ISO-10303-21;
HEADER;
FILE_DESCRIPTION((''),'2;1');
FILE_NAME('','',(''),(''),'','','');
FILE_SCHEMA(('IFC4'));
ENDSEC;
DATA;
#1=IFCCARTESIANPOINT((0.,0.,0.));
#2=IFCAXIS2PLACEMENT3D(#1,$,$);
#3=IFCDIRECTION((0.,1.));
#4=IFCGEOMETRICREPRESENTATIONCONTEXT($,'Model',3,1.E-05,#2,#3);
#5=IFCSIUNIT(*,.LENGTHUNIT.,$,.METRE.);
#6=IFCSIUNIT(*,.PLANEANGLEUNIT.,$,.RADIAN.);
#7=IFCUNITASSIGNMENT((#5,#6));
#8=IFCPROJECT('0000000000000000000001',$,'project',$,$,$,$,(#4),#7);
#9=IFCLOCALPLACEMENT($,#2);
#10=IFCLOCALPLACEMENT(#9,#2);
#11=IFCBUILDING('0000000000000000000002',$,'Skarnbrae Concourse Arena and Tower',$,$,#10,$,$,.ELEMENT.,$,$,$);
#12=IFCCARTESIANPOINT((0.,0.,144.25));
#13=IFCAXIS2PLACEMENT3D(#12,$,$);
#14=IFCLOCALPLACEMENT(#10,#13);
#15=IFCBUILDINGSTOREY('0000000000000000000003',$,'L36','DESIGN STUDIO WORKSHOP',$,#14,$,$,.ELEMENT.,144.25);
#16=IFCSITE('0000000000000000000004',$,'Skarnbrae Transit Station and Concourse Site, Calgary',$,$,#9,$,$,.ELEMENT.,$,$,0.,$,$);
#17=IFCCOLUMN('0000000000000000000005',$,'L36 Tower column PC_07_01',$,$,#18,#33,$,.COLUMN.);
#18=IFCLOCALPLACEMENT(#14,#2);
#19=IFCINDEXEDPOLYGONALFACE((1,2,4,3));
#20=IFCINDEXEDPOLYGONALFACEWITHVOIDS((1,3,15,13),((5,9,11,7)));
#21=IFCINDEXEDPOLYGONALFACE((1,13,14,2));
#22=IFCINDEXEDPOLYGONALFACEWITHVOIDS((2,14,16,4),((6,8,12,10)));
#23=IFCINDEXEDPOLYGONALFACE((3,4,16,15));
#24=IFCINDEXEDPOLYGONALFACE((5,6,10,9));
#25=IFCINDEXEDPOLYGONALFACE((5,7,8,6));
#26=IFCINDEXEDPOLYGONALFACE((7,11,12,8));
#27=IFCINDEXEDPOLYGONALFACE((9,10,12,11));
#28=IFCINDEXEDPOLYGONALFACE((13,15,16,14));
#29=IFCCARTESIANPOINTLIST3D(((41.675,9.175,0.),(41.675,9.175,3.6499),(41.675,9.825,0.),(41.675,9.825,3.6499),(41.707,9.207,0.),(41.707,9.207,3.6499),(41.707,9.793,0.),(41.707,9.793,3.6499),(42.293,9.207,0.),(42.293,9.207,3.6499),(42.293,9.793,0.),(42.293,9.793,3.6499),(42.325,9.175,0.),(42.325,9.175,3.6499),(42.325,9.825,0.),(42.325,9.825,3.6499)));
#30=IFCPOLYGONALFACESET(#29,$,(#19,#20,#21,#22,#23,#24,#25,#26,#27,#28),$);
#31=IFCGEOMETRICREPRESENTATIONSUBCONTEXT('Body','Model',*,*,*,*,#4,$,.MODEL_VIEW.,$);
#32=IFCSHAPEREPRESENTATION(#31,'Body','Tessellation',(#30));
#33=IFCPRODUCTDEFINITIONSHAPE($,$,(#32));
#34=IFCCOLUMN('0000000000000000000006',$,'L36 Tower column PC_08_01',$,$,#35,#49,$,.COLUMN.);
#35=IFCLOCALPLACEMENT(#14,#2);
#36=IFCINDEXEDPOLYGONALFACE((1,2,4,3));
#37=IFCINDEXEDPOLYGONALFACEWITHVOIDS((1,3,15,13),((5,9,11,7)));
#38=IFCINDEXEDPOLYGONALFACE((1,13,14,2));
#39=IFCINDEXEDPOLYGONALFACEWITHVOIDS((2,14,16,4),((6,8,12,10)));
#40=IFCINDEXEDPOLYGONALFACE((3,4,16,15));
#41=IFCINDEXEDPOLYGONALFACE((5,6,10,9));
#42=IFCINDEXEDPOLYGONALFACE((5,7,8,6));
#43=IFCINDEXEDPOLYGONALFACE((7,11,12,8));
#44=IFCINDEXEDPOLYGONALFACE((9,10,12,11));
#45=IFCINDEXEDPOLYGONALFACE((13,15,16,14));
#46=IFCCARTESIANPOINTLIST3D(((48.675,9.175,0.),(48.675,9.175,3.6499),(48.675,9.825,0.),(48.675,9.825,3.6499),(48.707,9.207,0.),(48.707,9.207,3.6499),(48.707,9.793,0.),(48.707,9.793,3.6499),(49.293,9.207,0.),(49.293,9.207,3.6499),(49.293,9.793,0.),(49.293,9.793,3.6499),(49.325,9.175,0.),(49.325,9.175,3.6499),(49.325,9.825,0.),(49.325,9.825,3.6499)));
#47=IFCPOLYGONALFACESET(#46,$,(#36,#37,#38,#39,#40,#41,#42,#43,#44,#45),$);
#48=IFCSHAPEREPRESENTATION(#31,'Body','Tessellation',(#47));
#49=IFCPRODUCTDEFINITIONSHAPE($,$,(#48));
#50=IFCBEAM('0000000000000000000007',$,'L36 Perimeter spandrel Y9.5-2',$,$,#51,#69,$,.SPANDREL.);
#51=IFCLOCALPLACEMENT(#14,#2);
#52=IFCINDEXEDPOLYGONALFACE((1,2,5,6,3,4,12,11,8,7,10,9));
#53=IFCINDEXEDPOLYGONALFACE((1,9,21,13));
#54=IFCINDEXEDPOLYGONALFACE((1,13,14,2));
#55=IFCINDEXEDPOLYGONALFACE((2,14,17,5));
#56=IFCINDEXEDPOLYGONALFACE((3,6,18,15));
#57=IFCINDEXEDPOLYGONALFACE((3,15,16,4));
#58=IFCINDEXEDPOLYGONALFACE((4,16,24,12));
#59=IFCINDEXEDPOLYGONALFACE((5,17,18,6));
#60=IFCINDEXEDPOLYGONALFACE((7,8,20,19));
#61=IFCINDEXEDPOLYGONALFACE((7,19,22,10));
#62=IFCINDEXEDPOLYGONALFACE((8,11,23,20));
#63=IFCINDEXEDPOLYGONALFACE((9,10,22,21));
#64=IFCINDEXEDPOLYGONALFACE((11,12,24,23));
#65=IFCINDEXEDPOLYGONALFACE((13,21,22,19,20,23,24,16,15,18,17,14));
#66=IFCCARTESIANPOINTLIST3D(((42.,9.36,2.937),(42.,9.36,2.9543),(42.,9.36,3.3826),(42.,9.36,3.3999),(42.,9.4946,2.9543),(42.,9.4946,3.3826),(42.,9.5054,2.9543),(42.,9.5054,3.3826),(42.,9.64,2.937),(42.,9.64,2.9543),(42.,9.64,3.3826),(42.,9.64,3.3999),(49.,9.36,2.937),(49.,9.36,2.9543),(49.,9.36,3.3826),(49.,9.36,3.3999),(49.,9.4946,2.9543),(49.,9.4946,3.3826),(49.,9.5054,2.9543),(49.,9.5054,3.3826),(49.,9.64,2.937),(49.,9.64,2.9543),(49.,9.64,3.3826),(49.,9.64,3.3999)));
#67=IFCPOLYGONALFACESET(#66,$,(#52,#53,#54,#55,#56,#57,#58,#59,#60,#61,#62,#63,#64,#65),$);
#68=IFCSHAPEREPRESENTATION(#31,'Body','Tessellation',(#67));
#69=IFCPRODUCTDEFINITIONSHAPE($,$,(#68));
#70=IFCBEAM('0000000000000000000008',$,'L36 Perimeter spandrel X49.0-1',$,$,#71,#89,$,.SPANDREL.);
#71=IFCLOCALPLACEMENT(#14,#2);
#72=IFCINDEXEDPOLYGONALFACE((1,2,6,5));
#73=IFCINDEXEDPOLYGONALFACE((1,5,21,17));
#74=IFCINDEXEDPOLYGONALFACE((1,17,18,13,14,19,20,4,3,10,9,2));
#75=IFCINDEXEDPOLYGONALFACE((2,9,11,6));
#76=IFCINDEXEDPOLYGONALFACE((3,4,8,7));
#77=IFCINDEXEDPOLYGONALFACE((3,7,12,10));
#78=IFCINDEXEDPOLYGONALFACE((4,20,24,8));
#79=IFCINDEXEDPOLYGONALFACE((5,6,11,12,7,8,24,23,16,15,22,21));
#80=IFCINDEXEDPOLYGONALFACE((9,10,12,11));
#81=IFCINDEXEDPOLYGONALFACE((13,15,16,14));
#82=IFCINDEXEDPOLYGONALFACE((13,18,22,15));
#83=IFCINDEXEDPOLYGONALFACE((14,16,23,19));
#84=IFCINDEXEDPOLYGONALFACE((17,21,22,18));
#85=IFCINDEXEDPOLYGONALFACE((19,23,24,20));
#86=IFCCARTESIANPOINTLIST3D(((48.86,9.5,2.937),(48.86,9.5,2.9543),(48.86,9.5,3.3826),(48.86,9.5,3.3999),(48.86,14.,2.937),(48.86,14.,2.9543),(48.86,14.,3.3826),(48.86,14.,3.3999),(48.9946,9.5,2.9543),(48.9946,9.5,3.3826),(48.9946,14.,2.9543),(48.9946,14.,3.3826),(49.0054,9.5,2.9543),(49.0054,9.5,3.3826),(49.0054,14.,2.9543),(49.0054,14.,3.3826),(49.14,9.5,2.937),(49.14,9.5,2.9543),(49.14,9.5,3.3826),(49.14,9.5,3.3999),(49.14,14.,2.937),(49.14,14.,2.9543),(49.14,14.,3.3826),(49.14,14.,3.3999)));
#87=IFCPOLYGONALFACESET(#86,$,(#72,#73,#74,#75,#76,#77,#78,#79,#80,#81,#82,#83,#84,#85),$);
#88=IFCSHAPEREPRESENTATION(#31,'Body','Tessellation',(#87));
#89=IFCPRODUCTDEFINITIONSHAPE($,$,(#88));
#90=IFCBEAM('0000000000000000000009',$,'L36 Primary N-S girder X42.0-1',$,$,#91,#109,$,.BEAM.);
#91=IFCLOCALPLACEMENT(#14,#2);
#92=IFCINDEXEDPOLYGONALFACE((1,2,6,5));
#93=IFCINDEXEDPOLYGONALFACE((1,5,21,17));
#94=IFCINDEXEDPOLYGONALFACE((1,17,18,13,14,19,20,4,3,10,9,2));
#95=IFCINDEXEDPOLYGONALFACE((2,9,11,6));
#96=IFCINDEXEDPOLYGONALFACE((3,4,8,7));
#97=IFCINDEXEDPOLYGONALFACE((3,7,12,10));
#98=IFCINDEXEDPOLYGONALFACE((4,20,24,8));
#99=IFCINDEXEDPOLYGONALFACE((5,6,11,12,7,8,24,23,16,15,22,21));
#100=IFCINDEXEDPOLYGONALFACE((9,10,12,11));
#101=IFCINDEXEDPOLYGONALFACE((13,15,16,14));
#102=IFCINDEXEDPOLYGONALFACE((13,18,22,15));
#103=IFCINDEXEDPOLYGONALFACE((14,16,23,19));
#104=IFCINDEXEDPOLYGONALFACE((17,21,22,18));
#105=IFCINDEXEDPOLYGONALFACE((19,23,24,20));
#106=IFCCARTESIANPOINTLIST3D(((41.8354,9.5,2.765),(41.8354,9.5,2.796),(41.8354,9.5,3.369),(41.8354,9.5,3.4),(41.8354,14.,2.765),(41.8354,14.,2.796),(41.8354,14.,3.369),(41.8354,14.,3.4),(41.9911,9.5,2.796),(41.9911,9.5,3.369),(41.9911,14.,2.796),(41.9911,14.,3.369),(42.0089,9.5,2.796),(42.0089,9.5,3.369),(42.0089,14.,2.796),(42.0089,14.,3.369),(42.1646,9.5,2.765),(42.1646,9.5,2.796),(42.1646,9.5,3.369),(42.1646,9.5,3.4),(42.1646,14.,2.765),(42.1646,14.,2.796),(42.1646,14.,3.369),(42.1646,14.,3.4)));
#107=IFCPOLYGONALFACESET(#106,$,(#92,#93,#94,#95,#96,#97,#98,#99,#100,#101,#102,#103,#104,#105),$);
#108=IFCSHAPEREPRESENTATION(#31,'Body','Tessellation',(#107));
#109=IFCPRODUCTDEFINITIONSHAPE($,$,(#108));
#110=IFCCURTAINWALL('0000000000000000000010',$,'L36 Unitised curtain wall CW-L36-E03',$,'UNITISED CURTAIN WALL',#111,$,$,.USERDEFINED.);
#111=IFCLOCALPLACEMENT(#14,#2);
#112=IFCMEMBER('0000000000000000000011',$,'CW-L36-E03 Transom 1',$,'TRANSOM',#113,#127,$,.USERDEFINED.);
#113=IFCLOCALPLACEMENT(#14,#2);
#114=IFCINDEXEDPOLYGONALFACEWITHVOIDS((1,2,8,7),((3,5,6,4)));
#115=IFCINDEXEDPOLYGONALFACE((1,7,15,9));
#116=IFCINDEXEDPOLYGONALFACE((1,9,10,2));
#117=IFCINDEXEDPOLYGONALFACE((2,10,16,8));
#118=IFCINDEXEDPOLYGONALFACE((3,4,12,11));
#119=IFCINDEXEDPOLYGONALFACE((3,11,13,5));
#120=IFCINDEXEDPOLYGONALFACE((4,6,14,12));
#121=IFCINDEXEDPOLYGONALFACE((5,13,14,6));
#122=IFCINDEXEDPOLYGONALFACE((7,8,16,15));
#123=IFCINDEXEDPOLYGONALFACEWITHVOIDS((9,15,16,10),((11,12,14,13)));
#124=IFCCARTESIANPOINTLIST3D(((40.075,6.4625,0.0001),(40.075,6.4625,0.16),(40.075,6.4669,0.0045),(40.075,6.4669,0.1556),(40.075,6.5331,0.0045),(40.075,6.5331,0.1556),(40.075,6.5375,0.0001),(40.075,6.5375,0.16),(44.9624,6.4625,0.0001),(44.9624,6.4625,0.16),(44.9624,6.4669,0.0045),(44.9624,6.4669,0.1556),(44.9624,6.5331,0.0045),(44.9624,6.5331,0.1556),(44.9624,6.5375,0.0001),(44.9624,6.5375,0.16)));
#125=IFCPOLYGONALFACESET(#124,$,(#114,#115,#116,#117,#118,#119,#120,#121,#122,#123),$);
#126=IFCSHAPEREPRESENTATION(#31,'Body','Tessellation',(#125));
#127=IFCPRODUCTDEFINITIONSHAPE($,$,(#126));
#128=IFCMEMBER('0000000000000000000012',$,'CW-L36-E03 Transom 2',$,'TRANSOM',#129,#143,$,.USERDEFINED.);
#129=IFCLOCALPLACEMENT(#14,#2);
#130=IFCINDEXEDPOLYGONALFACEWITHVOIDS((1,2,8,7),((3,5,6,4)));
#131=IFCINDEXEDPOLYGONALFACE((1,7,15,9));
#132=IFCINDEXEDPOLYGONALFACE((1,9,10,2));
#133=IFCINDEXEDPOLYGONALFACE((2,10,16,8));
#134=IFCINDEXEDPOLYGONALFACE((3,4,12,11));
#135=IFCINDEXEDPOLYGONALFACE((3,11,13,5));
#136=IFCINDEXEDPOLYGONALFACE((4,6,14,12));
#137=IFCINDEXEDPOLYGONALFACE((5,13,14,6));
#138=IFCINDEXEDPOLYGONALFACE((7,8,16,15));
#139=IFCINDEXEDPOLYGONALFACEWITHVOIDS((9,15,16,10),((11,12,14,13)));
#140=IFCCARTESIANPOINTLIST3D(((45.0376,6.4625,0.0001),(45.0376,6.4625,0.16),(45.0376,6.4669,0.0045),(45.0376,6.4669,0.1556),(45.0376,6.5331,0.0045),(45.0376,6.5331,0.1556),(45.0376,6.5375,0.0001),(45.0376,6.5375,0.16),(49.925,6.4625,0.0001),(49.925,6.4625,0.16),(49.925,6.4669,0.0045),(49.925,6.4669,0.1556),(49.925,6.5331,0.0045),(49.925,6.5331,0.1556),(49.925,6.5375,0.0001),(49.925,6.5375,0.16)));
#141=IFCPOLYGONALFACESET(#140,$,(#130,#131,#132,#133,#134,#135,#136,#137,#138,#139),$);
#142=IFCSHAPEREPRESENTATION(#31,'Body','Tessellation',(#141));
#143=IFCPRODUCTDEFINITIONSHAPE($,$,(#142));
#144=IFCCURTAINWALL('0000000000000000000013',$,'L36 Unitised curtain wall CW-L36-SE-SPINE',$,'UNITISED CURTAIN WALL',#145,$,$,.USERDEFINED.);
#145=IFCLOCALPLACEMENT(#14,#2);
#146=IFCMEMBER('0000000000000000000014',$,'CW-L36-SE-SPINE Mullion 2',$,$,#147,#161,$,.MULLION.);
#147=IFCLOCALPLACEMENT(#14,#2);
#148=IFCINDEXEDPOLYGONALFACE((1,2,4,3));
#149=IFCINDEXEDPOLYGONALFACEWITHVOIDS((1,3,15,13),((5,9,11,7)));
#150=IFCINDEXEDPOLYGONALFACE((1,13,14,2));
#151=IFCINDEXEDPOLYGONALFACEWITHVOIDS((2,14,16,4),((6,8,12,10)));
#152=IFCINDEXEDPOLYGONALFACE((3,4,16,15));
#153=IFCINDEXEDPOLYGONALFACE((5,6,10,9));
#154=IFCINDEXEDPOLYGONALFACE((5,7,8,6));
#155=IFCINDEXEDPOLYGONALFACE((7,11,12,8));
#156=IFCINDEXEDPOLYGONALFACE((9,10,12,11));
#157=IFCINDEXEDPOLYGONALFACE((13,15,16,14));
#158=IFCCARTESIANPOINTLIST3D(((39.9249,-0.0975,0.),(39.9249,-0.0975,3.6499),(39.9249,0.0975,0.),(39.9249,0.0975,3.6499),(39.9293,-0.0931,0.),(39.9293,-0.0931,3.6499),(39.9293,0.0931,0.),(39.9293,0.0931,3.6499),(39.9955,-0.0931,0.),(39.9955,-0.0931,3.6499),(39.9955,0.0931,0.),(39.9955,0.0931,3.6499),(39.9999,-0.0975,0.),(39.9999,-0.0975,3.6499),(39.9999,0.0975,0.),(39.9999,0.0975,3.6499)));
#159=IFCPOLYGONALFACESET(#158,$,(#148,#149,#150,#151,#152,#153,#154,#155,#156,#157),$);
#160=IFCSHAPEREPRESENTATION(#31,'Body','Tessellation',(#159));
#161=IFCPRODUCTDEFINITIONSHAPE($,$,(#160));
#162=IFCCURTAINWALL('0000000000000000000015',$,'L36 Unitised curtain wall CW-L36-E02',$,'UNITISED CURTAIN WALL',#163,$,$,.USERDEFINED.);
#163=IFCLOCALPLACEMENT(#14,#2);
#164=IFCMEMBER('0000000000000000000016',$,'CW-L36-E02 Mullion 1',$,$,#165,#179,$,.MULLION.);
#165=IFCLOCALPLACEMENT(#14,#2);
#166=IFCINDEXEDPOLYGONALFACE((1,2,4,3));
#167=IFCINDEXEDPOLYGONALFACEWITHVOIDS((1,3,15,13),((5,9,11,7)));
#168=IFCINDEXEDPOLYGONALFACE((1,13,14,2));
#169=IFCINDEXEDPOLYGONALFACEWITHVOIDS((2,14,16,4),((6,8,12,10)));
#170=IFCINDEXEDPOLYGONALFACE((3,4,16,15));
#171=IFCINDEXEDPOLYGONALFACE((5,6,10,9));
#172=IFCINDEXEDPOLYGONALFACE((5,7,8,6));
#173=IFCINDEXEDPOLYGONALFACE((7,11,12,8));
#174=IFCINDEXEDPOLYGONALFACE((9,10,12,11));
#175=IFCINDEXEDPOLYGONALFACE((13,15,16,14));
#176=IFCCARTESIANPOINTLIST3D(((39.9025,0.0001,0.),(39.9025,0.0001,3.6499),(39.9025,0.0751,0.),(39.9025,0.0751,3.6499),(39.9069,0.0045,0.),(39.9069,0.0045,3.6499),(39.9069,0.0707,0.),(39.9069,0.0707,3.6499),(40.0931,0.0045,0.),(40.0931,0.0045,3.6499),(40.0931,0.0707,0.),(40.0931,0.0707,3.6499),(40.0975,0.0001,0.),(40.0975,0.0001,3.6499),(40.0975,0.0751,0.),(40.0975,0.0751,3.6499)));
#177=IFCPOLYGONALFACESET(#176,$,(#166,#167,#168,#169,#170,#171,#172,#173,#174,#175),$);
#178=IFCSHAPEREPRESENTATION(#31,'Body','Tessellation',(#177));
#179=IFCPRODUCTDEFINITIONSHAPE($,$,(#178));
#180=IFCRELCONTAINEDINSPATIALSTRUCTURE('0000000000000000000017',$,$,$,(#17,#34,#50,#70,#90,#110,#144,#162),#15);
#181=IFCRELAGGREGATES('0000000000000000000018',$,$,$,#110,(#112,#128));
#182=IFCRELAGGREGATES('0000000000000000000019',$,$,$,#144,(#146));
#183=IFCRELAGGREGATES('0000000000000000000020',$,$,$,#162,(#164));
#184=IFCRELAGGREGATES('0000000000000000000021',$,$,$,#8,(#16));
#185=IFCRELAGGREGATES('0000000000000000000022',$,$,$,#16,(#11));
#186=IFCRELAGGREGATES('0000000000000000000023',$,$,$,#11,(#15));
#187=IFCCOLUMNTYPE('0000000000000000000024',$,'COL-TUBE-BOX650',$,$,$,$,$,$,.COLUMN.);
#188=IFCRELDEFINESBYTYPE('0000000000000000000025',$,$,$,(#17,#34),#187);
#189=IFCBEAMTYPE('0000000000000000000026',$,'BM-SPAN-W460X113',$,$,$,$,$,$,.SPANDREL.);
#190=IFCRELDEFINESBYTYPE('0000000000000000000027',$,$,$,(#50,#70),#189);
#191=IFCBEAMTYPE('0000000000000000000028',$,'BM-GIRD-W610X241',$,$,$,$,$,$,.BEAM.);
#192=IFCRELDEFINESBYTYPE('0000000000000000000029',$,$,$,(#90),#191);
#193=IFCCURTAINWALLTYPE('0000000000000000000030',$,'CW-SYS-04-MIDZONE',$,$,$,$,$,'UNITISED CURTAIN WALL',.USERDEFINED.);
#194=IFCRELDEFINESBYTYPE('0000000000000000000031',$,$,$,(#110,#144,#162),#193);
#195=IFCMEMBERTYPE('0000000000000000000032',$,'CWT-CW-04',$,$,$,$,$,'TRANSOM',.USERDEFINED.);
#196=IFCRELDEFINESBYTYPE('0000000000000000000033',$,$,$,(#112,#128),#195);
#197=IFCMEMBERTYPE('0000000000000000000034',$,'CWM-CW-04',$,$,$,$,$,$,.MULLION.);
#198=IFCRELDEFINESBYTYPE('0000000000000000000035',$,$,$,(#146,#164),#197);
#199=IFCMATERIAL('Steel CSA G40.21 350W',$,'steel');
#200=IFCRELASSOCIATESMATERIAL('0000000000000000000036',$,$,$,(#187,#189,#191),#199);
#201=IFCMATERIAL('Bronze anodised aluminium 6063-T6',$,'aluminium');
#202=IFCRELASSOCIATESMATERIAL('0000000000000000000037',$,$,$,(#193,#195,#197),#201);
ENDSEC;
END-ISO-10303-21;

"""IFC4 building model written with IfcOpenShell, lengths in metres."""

from ifc_helpers import new_model, si_unit, direction, frame, origin, origin_2d, place, context, subcontext, project, spatial, hollow_rectangle, i_section, extrude, source, transform, mapped, material, material_profile, profile_set, type_object, element, aggregate, save


model = new_model("IFC4")

# Units and contexts
model_context = context("Model", 3, precision=1e-05, world=origin(), true_north=direction((0.0, 1.0)))
body_context = subcontext(model_context, "Body", "Model", "MODEL_VIEW")
ifc_project = project(units=[si_unit("LENGTHUNIT", "METRE"), si_unit("PLANEANGLEUNIT", "RADIAN")], contexts=[model_context])

# Site, building, storey
site_placement = place(None, origin())
site = spatial("IfcSite", under=ifc_project, at=site_placement, Name="Skarnbrae Transit Station and Concourse Site, Calgary", CompositionType="ELEMENT", RefElevation=0.0)
building_placement = place(site_placement, origin())
building = spatial("IfcBuilding", under=site, at=building_placement, Name="Skarnbrae Concourse Arena and Tower", CompositionType="ELEMENT")
storey_placement = place(building_placement, frame((0.0, 0.0, 144.25)))
storey = spatial("IfcBuildingStorey", under=building, at=storey_placement, Name="L36", Description="DESIGN STUDIO WORKSHOP", CompositionType="ELEMENT", Elevation=144.25)

# Columns
ifc_material_1 = material(Name="Steel CSA G40.21 350W", Category="steel")
ifc_material_profile_1 = material_profile(ifc_material_1, hollow_rectangle(XDim=0.6499, YDim=0.6499, WallThickness=0.032, at=origin_2d()), Name="BOX650X650X32")
ifc_profile_set_1 = profile_set([ifc_material_profile_1], Name="Steel CSA G40.21 350W")
column_type = type_object("IfcColumnType", Name="COL-TUBE-BOX650", PredefinedType="COLUMN", material=ifc_profile_set_1)
shared_shape_1 = source(origin(), body_context, "Body", "SweptSolid", [
    extrude(hollow_rectangle(XDim=0.6499, YDim=0.6499, WallThickness=0.032, at=origin_2d()), origin(), (0.0, 0.0, 1.0), 3.6499),
])
for number, where, z_axis, x_axis, name in (
    (1, (42.0, 9.5, 0.0), (0.0, 0.0, 1.0), (1.0, 0.0, 0.0), "L36 Tower column PC_07_01"),
    (2, (49.0, 9.5, 0.0), (0.0, 0.0, 1.0), (1.0, 0.0, 0.0), "L36 Tower column PC_08_01"),
):
    element("IfcColumn", number, at=place(storey_placement, frame(where, z_axis=z_axis, x_axis=x_axis)), inside=storey, type_object=column_type, Name=name, PredefinedType="COLUMN", context=body_context, shape_type="MappedRepresentation", body=[
        mapped(shared_shape_1, transform((0.0, 0.0, 0.0))),
    ])

# Beams
ifc_material_profile_2 = material_profile(ifc_material_1, i_section(OverallWidth=0.28, OverallDepth=0.4629, WebThickness=0.0107, FlangeThickness=0.0173, at=origin_2d()), Name="W460X113")
ifc_profile_set_2 = profile_set([ifc_material_profile_2], Name="Steel CSA G40.21 350W")
beam_type_1 = type_object("IfcBeamType", Name="BM-SPAN-W460X113", PredefinedType="SPANDREL", material=ifc_profile_set_2)
shared_shape_2 = source(origin(), body_context, "Body", "SweptSolid", [
    extrude(i_section(OverallWidth=0.28, OverallDepth=0.4629, WebThickness=0.0107, FlangeThickness=0.0173, at=origin_2d()), origin(), (0.0, 0.0, 1.0), 7.0),
])
beam_1_placement = place(storey_placement, frame((42.0, 9.5, 3.1685), z_axis=(1.0, 0.0, 0.0), x_axis=(0.0, 1.0, 0.0)))
element("IfcBeam", 3, at=beam_1_placement, inside=storey, type_object=beam_type_1, Name="L36 Perimeter spandrel Y9.5-2", PredefinedType="SPANDREL", context=body_context, shape_type="MappedRepresentation", body=[
    mapped(shared_shape_2, transform((0.0, 0.0, 0.0))),
])
shared_shape_3 = source(origin(), body_context, "Body", "SweptSolid", [
    extrude(i_section(OverallWidth=0.28, OverallDepth=0.4629, WebThickness=0.0107, FlangeThickness=0.0173, at=origin_2d()), origin(), (0.0, 0.0, 1.0), 4.5),
])
beam_2_placement = place(storey_placement, frame((49.0, 9.5, 3.1685), z_axis=(0.0, 1.0, 0.0), x_axis=(-1.0, 0.0, 0.0)))
element("IfcBeam", 4, at=beam_2_placement, inside=storey, type_object=beam_type_1, Name="L36 Perimeter spandrel X49.0-1", PredefinedType="SPANDREL", context=body_context, shape_type="MappedRepresentation", body=[
    mapped(shared_shape_3, transform((0.0, 0.0, 0.0))),
])
ifc_material_profile_3 = material_profile(ifc_material_1, i_section(OverallWidth=0.3291, OverallDepth=0.635, WebThickness=0.0178, FlangeThickness=0.031, at=origin_2d()), Name="W610X241")
ifc_profile_set_3 = profile_set([ifc_material_profile_3], Name="Steel CSA G40.21 350W")
beam_type_2 = type_object("IfcBeamType", Name="BM-GIRD-W610X241", PredefinedType="BEAM", material=ifc_profile_set_3)
shared_shape_4 = source(origin(), body_context, "Body", "SweptSolid", [
    extrude(i_section(OverallWidth=0.3291, OverallDepth=0.635, WebThickness=0.0178, FlangeThickness=0.031, at=origin_2d()), origin(), (0.0, 0.0, 1.0), 4.5),
])
beam_3_placement = place(storey_placement, frame((42.0, 9.5, 3.0825), z_axis=(0.0, 1.0, 0.0), x_axis=(-1.0, 0.0, 0.0)))
element("IfcBeam", 5, at=beam_3_placement, inside=storey, type_object=beam_type_2, Name="L36 Primary N-S girder X42.0-1", PredefinedType="BEAM", context=body_context, shape_type="MappedRepresentation", body=[
    mapped(shared_shape_4, transform((0.0, 0.0, 0.0))),
])

# Curtain wall, members
ifc_material_2 = material(Name="Bronze anodised aluminium 6063-T6", Category="aluminium")
curtain_wall_type = type_object("IfcCurtainWallType", Name="CW-SYS-04-MIDZONE", ElementType="UNITISED CURTAIN WALL", PredefinedType="USERDEFINED", material=ifc_material_2)
curtain_wall_1_placement = place(storey_placement, origin())
curtain_wall_1 = element("IfcCurtainWall", 6, at=curtain_wall_1_placement, inside=storey, type_object=curtain_wall_type, Name="L36 Unitised curtain wall CW-L36-E03", ObjectType="UNITISED CURTAIN WALL", PredefinedType="USERDEFINED")
ifc_material_profile_4 = material_profile(ifc_material_2, hollow_rectangle(XDim=0.075, YDim=0.1599, WallThickness=0.0044, at=origin_2d()), Name="ALU-TRAN-75X160")
ifc_profile_set_4 = profile_set([ifc_material_profile_4], Name="Bronze anodised aluminium 6063-T6")
member_type_1 = type_object("IfcMemberType", Name="CWT-CW-04", ElementType="TRANSOM", PredefinedType="USERDEFINED", material=ifc_profile_set_4)
shared_shape_5 = source(origin(), body_context, "Body", "SweptSolid", [
    extrude(hollow_rectangle(XDim=0.075, YDim=0.1599, WallThickness=0.0044, at=origin_2d()), origin(), (0.0, 0.0, 1.0), 4.8875),
])
member_1_placement = place(storey_placement, frame((40.075, 6.5, 0.0801), z_axis=(1.0, 0.0, 0.0), x_axis=(0.0, 1.0, 0.0)))
member_1 = element("IfcMember", 7, at=member_1_placement, type_object=member_type_1, Name="CW-L36-E03 Transom 1", ObjectType="TRANSOM", PredefinedType="USERDEFINED", context=body_context, shape_type="MappedRepresentation", body=[
    mapped(shared_shape_5, transform((0.0, 0.0, 0.0))),
])
member_2_placement = place(storey_placement, frame((45.0376, 6.5, 0.0801), z_axis=(1.0, 0.0, 0.0), x_axis=(0.0, 1.0, 0.0)))
member_2 = element("IfcMember", 8, at=member_2_placement, type_object=member_type_1, Name="CW-L36-E03 Transom 2", ObjectType="TRANSOM", PredefinedType="USERDEFINED", context=body_context, shape_type="MappedRepresentation", body=[
    mapped(shared_shape_5, transform((0.0, 0.0, 0.0))),
])

# Curtain wall, member
curtain_wall_2_placement = place(storey_placement, origin())
curtain_wall_2 = element("IfcCurtainWall", 9, at=curtain_wall_2_placement, inside=storey, type_object=curtain_wall_type, Name="L36 Unitised curtain wall CW-L36-SE-SPINE", ObjectType="UNITISED CURTAIN WALL", PredefinedType="USERDEFINED")
ifc_material_profile_5 = material_profile(ifc_material_2, hollow_rectangle(XDim=0.075, YDim=0.1951, WallThickness=0.0044, at=origin_2d()), Name="ALU-MULL-75X195")
ifc_profile_set_5 = profile_set([ifc_material_profile_5], Name="Bronze anodised aluminium 6063-T6")
member_type_2 = type_object("IfcMemberType", Name="CWM-CW-04", PredefinedType="MULLION", material=ifc_profile_set_5)
shared_shape_6 = source(origin(), body_context, "Body", "SweptSolid", [
    extrude(hollow_rectangle(XDim=0.075, YDim=0.1951, WallThickness=0.0044, at=origin_2d()), origin(), (0.0, 0.0, 1.0), 3.6499),
])
member_3_placement = place(storey_placement, frame((39.9624, 0.0, 0.0), z_axis=(0.0, 0.0, 1.0), x_axis=(1.0, 0.0, 0.0)))
member_3 = element("IfcMember", 10, at=member_3_placement, type_object=member_type_2, Name="CW-L36-SE-SPINE Mullion 2", PredefinedType="MULLION", context=body_context, shape_type="MappedRepresentation", body=[
    mapped(shared_shape_6, transform((0.0, 0.0, 0.0))),
])

# Curtain wall, member
curtain_wall_3_placement = place(storey_placement, origin())
curtain_wall_3 = element("IfcCurtainWall", 11, at=curtain_wall_3_placement, inside=storey, type_object=curtain_wall_type, Name="L36 Unitised curtain wall CW-L36-E02", ObjectType="UNITISED CURTAIN WALL", PredefinedType="USERDEFINED")
member_4_placement = place(storey_placement, frame((40.0, 0.0376, 0.0), z_axis=(0.0, 0.0, 1.0), x_axis=(0.0, 1.0, 0.0)))
member_4 = element("IfcMember", 12, at=member_4_placement, type_object=member_type_2, Name="CW-L36-E02 Mullion 1", PredefinedType="MULLION", context=body_context, shape_type="MappedRepresentation", body=[
    mapped(shared_shape_6, transform((0.0, 0.0, 0.0))),
])

aggregate(curtain_wall_1, [member_1, member_2])
aggregate(curtain_wall_2, [member_3])
aggregate(curtain_wall_3, [member_4])

save(model, "model.ifc")
